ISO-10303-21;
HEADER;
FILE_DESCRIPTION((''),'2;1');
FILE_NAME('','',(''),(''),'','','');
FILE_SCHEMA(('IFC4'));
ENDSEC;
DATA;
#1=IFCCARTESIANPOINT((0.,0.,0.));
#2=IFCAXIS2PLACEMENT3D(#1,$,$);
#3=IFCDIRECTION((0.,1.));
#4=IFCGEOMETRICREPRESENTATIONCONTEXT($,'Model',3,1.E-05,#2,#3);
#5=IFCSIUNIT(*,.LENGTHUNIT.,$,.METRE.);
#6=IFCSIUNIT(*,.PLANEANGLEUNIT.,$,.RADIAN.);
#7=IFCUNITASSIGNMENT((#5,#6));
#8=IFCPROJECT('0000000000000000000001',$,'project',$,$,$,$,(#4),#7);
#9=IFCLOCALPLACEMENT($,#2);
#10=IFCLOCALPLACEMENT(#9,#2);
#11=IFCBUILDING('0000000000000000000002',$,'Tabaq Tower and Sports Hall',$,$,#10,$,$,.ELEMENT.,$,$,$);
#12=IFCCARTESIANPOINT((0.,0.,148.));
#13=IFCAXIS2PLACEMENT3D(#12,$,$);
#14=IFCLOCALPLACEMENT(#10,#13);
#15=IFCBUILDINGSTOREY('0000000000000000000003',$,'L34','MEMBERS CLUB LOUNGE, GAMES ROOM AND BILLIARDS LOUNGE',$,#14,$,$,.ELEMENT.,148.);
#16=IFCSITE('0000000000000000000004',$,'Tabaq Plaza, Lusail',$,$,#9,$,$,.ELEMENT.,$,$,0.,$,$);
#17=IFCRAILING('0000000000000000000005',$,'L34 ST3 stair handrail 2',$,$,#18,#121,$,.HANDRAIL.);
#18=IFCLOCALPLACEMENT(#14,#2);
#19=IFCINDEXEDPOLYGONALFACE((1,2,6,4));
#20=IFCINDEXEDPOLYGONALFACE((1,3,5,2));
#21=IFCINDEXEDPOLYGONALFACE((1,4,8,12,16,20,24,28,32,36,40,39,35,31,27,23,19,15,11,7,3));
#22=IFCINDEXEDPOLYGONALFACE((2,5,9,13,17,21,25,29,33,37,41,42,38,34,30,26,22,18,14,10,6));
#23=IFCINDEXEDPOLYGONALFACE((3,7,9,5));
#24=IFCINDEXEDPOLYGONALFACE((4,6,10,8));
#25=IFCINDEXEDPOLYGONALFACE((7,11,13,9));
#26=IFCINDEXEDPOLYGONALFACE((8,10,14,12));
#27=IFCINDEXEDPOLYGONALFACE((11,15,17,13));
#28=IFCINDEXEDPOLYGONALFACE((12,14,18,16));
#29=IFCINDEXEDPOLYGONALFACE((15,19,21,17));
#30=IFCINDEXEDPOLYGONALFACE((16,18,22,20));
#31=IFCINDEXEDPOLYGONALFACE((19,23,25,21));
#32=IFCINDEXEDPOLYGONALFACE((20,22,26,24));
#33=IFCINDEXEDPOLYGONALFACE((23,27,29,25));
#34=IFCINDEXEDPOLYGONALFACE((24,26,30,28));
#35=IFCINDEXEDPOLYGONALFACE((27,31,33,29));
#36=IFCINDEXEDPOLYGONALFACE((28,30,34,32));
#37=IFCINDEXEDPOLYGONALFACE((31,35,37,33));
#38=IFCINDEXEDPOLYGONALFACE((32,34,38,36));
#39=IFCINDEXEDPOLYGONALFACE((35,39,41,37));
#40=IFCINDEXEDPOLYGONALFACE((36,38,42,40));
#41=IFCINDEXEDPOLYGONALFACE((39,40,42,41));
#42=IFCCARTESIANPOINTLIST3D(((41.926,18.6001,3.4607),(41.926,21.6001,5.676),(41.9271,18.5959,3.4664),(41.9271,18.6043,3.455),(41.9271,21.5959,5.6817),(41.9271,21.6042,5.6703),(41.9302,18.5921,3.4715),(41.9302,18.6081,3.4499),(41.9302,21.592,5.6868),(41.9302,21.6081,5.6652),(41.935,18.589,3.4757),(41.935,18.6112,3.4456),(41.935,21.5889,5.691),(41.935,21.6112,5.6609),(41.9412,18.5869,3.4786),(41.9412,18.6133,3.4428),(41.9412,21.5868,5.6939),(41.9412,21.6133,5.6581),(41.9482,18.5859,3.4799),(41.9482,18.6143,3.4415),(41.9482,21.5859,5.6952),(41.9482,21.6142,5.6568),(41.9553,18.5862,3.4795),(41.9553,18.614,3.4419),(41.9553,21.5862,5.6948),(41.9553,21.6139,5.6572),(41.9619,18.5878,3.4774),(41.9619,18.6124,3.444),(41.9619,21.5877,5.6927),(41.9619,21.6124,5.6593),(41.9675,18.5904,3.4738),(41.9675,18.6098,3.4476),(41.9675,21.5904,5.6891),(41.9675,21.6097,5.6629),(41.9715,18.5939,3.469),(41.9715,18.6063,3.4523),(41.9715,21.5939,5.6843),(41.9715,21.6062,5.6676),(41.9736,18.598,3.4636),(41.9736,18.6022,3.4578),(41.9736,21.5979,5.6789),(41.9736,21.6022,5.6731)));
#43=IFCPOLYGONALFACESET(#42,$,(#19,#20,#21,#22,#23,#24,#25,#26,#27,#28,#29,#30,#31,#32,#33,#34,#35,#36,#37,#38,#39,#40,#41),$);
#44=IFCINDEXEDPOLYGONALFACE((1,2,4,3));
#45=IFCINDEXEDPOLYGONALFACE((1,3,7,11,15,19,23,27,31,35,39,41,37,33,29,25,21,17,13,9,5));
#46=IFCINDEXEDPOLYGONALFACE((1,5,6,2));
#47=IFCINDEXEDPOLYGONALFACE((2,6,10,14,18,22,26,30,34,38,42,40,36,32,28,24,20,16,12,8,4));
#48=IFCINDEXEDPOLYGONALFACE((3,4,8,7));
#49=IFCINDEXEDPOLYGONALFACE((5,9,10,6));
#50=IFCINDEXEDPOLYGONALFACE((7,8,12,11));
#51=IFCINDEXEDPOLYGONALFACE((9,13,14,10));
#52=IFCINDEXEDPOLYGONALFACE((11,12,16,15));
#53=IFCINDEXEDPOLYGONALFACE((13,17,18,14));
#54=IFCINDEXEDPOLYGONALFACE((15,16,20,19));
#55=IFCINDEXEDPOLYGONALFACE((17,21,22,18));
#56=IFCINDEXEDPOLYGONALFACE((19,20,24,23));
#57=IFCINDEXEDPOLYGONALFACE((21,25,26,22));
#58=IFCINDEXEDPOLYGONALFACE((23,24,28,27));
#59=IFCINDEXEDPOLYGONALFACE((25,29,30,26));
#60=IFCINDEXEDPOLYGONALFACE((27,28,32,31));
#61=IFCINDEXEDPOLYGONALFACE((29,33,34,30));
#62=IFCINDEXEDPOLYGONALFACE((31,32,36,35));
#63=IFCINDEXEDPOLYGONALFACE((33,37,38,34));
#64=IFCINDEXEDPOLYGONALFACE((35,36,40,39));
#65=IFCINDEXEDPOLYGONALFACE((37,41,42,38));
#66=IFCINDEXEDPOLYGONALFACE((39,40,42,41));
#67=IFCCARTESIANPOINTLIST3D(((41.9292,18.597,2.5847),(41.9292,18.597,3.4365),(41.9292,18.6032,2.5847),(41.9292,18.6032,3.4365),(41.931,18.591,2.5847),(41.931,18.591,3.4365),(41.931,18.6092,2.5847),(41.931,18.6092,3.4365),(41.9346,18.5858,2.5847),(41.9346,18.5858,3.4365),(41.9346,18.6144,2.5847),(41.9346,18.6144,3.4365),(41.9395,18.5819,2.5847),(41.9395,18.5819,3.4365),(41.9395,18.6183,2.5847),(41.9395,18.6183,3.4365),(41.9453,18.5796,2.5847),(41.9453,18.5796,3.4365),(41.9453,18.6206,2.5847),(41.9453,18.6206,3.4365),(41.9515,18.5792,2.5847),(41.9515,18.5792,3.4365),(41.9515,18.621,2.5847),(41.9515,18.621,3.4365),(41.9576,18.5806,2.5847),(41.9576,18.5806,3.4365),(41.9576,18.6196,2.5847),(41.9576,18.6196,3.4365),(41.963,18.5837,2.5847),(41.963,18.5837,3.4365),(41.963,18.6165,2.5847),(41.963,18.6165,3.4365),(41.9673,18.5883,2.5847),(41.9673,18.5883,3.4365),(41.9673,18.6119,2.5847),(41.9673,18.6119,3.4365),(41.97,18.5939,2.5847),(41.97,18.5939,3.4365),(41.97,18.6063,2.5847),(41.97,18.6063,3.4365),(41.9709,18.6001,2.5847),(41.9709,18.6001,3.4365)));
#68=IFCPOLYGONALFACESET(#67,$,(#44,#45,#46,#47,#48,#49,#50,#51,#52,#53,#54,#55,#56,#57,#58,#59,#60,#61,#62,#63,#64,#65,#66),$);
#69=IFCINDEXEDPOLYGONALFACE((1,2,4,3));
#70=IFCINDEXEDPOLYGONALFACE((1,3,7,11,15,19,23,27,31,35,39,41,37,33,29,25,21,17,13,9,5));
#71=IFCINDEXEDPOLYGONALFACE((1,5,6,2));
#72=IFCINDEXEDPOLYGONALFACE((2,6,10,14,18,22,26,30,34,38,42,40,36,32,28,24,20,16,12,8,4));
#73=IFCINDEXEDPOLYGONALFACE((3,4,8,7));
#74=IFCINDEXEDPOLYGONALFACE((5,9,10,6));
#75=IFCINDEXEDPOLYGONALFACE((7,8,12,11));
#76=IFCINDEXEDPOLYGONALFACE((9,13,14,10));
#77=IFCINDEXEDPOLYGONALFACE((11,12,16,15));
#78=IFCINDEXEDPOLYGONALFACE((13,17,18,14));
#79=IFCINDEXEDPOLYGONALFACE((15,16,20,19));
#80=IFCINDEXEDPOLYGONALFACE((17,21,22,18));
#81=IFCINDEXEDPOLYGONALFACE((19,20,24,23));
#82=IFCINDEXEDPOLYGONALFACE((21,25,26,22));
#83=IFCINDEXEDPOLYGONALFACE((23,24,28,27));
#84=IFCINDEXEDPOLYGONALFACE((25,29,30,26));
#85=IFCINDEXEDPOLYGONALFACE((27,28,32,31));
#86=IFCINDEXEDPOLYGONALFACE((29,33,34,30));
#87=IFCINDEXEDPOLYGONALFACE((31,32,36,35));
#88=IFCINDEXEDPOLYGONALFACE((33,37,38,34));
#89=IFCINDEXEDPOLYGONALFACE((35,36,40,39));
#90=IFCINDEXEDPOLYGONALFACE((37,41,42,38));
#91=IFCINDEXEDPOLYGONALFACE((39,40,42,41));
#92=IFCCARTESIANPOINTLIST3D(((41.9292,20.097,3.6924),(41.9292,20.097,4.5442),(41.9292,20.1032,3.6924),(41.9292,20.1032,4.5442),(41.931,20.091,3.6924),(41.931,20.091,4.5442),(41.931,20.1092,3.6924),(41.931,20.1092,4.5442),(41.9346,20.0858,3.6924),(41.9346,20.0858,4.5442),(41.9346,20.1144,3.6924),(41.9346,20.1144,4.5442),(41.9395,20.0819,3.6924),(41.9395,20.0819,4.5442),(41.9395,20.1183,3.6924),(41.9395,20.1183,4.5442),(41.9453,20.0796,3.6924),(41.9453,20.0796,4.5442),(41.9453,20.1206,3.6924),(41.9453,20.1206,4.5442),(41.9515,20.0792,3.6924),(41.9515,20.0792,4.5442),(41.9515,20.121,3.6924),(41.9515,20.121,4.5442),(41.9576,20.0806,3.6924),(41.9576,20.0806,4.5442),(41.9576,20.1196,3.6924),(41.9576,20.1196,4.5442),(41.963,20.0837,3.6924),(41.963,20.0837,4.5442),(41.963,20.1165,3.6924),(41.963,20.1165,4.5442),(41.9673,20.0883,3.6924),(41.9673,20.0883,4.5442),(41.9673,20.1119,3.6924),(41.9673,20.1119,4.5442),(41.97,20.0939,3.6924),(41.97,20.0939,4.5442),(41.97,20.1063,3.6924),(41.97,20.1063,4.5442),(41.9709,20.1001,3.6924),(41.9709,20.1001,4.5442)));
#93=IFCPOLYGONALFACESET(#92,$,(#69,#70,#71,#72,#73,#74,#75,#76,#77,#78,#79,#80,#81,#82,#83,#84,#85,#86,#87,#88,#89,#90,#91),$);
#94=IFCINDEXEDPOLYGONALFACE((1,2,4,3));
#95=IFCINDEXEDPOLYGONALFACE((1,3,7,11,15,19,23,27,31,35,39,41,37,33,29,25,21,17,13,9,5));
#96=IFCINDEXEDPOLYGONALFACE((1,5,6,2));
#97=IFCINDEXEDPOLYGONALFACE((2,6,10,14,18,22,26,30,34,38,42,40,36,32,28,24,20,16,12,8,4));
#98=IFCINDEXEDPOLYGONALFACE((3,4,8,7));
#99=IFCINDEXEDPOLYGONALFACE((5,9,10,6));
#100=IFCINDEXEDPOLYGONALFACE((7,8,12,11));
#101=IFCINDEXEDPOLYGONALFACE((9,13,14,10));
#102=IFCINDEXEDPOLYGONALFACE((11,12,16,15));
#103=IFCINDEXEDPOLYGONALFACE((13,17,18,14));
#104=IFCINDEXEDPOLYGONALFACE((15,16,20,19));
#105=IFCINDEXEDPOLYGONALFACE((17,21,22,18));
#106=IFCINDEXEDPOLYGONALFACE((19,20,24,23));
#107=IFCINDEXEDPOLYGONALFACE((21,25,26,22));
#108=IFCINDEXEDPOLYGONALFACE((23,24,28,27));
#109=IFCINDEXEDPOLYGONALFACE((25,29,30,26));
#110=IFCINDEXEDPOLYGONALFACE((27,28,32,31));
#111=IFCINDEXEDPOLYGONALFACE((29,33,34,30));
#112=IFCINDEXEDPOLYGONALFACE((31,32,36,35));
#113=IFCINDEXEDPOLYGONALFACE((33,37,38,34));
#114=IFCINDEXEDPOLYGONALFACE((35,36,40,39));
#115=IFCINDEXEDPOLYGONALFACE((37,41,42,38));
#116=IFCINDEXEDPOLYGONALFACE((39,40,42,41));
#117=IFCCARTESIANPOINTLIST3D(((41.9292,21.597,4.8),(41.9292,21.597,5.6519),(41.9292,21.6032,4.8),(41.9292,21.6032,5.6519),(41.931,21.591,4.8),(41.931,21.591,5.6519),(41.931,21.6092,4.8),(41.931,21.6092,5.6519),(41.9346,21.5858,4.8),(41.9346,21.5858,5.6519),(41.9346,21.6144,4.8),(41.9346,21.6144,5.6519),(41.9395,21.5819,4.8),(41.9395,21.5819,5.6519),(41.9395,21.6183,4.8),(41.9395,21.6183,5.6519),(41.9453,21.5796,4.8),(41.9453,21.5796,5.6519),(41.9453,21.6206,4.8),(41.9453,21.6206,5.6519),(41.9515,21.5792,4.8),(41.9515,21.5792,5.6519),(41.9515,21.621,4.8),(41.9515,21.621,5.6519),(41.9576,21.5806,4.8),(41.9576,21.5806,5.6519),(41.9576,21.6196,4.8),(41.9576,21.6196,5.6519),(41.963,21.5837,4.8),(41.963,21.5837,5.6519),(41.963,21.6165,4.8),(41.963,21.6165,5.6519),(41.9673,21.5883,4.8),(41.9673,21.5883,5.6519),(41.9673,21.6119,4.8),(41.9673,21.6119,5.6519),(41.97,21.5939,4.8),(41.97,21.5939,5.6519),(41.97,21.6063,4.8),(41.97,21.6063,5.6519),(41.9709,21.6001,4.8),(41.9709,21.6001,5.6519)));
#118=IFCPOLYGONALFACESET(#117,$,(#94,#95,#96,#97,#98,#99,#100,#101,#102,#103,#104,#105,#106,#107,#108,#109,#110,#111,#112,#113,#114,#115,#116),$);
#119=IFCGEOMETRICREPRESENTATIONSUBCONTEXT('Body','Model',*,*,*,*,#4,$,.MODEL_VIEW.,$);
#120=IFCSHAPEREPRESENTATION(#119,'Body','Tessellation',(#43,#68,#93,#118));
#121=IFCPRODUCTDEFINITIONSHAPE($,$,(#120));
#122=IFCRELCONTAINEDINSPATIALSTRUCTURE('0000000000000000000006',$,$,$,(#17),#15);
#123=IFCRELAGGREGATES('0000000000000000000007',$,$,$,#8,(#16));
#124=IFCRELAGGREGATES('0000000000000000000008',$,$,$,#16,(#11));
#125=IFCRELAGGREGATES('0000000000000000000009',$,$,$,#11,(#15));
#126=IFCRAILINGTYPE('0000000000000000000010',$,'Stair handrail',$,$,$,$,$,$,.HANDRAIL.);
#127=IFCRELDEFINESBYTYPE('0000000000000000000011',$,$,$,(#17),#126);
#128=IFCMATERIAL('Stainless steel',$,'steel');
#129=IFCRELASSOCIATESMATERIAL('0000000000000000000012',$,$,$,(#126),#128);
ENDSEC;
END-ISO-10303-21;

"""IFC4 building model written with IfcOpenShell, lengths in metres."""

from ifc_helpers import new_model, si_unit, direction, frame, origin, origin_2d, place, context, subcontext, project, spatial, circle, extrude, material, type_object, element, save


model = new_model("IFC4")

# Units and contexts
model_context = context("Model", 3, precision=1e-05, world=origin(), true_north=direction((0.0, 1.0)))
body_context = subcontext(model_context, "Body", "Model", "MODEL_VIEW")
ifc_project = project(units=[si_unit("LENGTHUNIT", "METRE"), si_unit("PLANEANGLEUNIT", "RADIAN")], contexts=[model_context])

# Site, building, storey
site_placement = place(None, origin())
site = spatial("IfcSite", under=ifc_project, at=site_placement, Name="Tabaq Plaza, Lusail", CompositionType="ELEMENT", RefElevation=0.0)
building_placement = place(site_placement, origin())
building = spatial("IfcBuilding", under=site, at=building_placement, Name="Tabaq Tower and Sports Hall", CompositionType="ELEMENT")
storey_placement = place(building_placement, frame((0.0, 0.0, 148.0)))
storey = spatial("IfcBuildingStorey", under=building, at=storey_placement, Name="L34", Description="MEMBERS CLUB LOUNGE, GAMES ROOM AND BILLIARDS LOUNGE", CompositionType="ELEMENT", Elevation=148.0)

# Railing
ifc_material_1 = material(Name="Stainless steel", Category="steel")
railing_type = type_object("IfcRailingType", Name="Stair handrail", PredefinedType="HANDRAIL", material=ifc_material_1)
railing_placement = place(storey_placement, frame((41.95, 18.6001, 2.5847)))
element("IfcRailing", 1, at=railing_placement, inside=storey, type_object=railing_type, Name="L34 ST3 stair handrail 2", PredefinedType="HANDRAIL", context=body_context, shape_type="SweptSolid", body=[
    extrude(circle(Radius=0.0239, at=origin_2d()), frame((0.0, 0.0, 0.876), z_axis=(0.0, 0.80444, 0.594034), x_axis=(-1.0, 0.0, 0.0)), (0.0, 0.0, 1.0), 3.7292),
    extrude(circle(Radius=0.021, at=origin_2d()), origin(), (0.0, 0.0, 1.0), 0.8518),
    extrude(circle(Radius=0.021, at=origin_2d()), frame((0.0, 1.5, 1.1077)), (0.0, 0.0, 1.0), 0.8518),
    extrude(circle(Radius=0.021, at=origin_2d()), frame((0.0, 3.0, 2.2153)), (0.0, 0.0, 1.0), 0.8518),
])

save(model, "model.ifc")
